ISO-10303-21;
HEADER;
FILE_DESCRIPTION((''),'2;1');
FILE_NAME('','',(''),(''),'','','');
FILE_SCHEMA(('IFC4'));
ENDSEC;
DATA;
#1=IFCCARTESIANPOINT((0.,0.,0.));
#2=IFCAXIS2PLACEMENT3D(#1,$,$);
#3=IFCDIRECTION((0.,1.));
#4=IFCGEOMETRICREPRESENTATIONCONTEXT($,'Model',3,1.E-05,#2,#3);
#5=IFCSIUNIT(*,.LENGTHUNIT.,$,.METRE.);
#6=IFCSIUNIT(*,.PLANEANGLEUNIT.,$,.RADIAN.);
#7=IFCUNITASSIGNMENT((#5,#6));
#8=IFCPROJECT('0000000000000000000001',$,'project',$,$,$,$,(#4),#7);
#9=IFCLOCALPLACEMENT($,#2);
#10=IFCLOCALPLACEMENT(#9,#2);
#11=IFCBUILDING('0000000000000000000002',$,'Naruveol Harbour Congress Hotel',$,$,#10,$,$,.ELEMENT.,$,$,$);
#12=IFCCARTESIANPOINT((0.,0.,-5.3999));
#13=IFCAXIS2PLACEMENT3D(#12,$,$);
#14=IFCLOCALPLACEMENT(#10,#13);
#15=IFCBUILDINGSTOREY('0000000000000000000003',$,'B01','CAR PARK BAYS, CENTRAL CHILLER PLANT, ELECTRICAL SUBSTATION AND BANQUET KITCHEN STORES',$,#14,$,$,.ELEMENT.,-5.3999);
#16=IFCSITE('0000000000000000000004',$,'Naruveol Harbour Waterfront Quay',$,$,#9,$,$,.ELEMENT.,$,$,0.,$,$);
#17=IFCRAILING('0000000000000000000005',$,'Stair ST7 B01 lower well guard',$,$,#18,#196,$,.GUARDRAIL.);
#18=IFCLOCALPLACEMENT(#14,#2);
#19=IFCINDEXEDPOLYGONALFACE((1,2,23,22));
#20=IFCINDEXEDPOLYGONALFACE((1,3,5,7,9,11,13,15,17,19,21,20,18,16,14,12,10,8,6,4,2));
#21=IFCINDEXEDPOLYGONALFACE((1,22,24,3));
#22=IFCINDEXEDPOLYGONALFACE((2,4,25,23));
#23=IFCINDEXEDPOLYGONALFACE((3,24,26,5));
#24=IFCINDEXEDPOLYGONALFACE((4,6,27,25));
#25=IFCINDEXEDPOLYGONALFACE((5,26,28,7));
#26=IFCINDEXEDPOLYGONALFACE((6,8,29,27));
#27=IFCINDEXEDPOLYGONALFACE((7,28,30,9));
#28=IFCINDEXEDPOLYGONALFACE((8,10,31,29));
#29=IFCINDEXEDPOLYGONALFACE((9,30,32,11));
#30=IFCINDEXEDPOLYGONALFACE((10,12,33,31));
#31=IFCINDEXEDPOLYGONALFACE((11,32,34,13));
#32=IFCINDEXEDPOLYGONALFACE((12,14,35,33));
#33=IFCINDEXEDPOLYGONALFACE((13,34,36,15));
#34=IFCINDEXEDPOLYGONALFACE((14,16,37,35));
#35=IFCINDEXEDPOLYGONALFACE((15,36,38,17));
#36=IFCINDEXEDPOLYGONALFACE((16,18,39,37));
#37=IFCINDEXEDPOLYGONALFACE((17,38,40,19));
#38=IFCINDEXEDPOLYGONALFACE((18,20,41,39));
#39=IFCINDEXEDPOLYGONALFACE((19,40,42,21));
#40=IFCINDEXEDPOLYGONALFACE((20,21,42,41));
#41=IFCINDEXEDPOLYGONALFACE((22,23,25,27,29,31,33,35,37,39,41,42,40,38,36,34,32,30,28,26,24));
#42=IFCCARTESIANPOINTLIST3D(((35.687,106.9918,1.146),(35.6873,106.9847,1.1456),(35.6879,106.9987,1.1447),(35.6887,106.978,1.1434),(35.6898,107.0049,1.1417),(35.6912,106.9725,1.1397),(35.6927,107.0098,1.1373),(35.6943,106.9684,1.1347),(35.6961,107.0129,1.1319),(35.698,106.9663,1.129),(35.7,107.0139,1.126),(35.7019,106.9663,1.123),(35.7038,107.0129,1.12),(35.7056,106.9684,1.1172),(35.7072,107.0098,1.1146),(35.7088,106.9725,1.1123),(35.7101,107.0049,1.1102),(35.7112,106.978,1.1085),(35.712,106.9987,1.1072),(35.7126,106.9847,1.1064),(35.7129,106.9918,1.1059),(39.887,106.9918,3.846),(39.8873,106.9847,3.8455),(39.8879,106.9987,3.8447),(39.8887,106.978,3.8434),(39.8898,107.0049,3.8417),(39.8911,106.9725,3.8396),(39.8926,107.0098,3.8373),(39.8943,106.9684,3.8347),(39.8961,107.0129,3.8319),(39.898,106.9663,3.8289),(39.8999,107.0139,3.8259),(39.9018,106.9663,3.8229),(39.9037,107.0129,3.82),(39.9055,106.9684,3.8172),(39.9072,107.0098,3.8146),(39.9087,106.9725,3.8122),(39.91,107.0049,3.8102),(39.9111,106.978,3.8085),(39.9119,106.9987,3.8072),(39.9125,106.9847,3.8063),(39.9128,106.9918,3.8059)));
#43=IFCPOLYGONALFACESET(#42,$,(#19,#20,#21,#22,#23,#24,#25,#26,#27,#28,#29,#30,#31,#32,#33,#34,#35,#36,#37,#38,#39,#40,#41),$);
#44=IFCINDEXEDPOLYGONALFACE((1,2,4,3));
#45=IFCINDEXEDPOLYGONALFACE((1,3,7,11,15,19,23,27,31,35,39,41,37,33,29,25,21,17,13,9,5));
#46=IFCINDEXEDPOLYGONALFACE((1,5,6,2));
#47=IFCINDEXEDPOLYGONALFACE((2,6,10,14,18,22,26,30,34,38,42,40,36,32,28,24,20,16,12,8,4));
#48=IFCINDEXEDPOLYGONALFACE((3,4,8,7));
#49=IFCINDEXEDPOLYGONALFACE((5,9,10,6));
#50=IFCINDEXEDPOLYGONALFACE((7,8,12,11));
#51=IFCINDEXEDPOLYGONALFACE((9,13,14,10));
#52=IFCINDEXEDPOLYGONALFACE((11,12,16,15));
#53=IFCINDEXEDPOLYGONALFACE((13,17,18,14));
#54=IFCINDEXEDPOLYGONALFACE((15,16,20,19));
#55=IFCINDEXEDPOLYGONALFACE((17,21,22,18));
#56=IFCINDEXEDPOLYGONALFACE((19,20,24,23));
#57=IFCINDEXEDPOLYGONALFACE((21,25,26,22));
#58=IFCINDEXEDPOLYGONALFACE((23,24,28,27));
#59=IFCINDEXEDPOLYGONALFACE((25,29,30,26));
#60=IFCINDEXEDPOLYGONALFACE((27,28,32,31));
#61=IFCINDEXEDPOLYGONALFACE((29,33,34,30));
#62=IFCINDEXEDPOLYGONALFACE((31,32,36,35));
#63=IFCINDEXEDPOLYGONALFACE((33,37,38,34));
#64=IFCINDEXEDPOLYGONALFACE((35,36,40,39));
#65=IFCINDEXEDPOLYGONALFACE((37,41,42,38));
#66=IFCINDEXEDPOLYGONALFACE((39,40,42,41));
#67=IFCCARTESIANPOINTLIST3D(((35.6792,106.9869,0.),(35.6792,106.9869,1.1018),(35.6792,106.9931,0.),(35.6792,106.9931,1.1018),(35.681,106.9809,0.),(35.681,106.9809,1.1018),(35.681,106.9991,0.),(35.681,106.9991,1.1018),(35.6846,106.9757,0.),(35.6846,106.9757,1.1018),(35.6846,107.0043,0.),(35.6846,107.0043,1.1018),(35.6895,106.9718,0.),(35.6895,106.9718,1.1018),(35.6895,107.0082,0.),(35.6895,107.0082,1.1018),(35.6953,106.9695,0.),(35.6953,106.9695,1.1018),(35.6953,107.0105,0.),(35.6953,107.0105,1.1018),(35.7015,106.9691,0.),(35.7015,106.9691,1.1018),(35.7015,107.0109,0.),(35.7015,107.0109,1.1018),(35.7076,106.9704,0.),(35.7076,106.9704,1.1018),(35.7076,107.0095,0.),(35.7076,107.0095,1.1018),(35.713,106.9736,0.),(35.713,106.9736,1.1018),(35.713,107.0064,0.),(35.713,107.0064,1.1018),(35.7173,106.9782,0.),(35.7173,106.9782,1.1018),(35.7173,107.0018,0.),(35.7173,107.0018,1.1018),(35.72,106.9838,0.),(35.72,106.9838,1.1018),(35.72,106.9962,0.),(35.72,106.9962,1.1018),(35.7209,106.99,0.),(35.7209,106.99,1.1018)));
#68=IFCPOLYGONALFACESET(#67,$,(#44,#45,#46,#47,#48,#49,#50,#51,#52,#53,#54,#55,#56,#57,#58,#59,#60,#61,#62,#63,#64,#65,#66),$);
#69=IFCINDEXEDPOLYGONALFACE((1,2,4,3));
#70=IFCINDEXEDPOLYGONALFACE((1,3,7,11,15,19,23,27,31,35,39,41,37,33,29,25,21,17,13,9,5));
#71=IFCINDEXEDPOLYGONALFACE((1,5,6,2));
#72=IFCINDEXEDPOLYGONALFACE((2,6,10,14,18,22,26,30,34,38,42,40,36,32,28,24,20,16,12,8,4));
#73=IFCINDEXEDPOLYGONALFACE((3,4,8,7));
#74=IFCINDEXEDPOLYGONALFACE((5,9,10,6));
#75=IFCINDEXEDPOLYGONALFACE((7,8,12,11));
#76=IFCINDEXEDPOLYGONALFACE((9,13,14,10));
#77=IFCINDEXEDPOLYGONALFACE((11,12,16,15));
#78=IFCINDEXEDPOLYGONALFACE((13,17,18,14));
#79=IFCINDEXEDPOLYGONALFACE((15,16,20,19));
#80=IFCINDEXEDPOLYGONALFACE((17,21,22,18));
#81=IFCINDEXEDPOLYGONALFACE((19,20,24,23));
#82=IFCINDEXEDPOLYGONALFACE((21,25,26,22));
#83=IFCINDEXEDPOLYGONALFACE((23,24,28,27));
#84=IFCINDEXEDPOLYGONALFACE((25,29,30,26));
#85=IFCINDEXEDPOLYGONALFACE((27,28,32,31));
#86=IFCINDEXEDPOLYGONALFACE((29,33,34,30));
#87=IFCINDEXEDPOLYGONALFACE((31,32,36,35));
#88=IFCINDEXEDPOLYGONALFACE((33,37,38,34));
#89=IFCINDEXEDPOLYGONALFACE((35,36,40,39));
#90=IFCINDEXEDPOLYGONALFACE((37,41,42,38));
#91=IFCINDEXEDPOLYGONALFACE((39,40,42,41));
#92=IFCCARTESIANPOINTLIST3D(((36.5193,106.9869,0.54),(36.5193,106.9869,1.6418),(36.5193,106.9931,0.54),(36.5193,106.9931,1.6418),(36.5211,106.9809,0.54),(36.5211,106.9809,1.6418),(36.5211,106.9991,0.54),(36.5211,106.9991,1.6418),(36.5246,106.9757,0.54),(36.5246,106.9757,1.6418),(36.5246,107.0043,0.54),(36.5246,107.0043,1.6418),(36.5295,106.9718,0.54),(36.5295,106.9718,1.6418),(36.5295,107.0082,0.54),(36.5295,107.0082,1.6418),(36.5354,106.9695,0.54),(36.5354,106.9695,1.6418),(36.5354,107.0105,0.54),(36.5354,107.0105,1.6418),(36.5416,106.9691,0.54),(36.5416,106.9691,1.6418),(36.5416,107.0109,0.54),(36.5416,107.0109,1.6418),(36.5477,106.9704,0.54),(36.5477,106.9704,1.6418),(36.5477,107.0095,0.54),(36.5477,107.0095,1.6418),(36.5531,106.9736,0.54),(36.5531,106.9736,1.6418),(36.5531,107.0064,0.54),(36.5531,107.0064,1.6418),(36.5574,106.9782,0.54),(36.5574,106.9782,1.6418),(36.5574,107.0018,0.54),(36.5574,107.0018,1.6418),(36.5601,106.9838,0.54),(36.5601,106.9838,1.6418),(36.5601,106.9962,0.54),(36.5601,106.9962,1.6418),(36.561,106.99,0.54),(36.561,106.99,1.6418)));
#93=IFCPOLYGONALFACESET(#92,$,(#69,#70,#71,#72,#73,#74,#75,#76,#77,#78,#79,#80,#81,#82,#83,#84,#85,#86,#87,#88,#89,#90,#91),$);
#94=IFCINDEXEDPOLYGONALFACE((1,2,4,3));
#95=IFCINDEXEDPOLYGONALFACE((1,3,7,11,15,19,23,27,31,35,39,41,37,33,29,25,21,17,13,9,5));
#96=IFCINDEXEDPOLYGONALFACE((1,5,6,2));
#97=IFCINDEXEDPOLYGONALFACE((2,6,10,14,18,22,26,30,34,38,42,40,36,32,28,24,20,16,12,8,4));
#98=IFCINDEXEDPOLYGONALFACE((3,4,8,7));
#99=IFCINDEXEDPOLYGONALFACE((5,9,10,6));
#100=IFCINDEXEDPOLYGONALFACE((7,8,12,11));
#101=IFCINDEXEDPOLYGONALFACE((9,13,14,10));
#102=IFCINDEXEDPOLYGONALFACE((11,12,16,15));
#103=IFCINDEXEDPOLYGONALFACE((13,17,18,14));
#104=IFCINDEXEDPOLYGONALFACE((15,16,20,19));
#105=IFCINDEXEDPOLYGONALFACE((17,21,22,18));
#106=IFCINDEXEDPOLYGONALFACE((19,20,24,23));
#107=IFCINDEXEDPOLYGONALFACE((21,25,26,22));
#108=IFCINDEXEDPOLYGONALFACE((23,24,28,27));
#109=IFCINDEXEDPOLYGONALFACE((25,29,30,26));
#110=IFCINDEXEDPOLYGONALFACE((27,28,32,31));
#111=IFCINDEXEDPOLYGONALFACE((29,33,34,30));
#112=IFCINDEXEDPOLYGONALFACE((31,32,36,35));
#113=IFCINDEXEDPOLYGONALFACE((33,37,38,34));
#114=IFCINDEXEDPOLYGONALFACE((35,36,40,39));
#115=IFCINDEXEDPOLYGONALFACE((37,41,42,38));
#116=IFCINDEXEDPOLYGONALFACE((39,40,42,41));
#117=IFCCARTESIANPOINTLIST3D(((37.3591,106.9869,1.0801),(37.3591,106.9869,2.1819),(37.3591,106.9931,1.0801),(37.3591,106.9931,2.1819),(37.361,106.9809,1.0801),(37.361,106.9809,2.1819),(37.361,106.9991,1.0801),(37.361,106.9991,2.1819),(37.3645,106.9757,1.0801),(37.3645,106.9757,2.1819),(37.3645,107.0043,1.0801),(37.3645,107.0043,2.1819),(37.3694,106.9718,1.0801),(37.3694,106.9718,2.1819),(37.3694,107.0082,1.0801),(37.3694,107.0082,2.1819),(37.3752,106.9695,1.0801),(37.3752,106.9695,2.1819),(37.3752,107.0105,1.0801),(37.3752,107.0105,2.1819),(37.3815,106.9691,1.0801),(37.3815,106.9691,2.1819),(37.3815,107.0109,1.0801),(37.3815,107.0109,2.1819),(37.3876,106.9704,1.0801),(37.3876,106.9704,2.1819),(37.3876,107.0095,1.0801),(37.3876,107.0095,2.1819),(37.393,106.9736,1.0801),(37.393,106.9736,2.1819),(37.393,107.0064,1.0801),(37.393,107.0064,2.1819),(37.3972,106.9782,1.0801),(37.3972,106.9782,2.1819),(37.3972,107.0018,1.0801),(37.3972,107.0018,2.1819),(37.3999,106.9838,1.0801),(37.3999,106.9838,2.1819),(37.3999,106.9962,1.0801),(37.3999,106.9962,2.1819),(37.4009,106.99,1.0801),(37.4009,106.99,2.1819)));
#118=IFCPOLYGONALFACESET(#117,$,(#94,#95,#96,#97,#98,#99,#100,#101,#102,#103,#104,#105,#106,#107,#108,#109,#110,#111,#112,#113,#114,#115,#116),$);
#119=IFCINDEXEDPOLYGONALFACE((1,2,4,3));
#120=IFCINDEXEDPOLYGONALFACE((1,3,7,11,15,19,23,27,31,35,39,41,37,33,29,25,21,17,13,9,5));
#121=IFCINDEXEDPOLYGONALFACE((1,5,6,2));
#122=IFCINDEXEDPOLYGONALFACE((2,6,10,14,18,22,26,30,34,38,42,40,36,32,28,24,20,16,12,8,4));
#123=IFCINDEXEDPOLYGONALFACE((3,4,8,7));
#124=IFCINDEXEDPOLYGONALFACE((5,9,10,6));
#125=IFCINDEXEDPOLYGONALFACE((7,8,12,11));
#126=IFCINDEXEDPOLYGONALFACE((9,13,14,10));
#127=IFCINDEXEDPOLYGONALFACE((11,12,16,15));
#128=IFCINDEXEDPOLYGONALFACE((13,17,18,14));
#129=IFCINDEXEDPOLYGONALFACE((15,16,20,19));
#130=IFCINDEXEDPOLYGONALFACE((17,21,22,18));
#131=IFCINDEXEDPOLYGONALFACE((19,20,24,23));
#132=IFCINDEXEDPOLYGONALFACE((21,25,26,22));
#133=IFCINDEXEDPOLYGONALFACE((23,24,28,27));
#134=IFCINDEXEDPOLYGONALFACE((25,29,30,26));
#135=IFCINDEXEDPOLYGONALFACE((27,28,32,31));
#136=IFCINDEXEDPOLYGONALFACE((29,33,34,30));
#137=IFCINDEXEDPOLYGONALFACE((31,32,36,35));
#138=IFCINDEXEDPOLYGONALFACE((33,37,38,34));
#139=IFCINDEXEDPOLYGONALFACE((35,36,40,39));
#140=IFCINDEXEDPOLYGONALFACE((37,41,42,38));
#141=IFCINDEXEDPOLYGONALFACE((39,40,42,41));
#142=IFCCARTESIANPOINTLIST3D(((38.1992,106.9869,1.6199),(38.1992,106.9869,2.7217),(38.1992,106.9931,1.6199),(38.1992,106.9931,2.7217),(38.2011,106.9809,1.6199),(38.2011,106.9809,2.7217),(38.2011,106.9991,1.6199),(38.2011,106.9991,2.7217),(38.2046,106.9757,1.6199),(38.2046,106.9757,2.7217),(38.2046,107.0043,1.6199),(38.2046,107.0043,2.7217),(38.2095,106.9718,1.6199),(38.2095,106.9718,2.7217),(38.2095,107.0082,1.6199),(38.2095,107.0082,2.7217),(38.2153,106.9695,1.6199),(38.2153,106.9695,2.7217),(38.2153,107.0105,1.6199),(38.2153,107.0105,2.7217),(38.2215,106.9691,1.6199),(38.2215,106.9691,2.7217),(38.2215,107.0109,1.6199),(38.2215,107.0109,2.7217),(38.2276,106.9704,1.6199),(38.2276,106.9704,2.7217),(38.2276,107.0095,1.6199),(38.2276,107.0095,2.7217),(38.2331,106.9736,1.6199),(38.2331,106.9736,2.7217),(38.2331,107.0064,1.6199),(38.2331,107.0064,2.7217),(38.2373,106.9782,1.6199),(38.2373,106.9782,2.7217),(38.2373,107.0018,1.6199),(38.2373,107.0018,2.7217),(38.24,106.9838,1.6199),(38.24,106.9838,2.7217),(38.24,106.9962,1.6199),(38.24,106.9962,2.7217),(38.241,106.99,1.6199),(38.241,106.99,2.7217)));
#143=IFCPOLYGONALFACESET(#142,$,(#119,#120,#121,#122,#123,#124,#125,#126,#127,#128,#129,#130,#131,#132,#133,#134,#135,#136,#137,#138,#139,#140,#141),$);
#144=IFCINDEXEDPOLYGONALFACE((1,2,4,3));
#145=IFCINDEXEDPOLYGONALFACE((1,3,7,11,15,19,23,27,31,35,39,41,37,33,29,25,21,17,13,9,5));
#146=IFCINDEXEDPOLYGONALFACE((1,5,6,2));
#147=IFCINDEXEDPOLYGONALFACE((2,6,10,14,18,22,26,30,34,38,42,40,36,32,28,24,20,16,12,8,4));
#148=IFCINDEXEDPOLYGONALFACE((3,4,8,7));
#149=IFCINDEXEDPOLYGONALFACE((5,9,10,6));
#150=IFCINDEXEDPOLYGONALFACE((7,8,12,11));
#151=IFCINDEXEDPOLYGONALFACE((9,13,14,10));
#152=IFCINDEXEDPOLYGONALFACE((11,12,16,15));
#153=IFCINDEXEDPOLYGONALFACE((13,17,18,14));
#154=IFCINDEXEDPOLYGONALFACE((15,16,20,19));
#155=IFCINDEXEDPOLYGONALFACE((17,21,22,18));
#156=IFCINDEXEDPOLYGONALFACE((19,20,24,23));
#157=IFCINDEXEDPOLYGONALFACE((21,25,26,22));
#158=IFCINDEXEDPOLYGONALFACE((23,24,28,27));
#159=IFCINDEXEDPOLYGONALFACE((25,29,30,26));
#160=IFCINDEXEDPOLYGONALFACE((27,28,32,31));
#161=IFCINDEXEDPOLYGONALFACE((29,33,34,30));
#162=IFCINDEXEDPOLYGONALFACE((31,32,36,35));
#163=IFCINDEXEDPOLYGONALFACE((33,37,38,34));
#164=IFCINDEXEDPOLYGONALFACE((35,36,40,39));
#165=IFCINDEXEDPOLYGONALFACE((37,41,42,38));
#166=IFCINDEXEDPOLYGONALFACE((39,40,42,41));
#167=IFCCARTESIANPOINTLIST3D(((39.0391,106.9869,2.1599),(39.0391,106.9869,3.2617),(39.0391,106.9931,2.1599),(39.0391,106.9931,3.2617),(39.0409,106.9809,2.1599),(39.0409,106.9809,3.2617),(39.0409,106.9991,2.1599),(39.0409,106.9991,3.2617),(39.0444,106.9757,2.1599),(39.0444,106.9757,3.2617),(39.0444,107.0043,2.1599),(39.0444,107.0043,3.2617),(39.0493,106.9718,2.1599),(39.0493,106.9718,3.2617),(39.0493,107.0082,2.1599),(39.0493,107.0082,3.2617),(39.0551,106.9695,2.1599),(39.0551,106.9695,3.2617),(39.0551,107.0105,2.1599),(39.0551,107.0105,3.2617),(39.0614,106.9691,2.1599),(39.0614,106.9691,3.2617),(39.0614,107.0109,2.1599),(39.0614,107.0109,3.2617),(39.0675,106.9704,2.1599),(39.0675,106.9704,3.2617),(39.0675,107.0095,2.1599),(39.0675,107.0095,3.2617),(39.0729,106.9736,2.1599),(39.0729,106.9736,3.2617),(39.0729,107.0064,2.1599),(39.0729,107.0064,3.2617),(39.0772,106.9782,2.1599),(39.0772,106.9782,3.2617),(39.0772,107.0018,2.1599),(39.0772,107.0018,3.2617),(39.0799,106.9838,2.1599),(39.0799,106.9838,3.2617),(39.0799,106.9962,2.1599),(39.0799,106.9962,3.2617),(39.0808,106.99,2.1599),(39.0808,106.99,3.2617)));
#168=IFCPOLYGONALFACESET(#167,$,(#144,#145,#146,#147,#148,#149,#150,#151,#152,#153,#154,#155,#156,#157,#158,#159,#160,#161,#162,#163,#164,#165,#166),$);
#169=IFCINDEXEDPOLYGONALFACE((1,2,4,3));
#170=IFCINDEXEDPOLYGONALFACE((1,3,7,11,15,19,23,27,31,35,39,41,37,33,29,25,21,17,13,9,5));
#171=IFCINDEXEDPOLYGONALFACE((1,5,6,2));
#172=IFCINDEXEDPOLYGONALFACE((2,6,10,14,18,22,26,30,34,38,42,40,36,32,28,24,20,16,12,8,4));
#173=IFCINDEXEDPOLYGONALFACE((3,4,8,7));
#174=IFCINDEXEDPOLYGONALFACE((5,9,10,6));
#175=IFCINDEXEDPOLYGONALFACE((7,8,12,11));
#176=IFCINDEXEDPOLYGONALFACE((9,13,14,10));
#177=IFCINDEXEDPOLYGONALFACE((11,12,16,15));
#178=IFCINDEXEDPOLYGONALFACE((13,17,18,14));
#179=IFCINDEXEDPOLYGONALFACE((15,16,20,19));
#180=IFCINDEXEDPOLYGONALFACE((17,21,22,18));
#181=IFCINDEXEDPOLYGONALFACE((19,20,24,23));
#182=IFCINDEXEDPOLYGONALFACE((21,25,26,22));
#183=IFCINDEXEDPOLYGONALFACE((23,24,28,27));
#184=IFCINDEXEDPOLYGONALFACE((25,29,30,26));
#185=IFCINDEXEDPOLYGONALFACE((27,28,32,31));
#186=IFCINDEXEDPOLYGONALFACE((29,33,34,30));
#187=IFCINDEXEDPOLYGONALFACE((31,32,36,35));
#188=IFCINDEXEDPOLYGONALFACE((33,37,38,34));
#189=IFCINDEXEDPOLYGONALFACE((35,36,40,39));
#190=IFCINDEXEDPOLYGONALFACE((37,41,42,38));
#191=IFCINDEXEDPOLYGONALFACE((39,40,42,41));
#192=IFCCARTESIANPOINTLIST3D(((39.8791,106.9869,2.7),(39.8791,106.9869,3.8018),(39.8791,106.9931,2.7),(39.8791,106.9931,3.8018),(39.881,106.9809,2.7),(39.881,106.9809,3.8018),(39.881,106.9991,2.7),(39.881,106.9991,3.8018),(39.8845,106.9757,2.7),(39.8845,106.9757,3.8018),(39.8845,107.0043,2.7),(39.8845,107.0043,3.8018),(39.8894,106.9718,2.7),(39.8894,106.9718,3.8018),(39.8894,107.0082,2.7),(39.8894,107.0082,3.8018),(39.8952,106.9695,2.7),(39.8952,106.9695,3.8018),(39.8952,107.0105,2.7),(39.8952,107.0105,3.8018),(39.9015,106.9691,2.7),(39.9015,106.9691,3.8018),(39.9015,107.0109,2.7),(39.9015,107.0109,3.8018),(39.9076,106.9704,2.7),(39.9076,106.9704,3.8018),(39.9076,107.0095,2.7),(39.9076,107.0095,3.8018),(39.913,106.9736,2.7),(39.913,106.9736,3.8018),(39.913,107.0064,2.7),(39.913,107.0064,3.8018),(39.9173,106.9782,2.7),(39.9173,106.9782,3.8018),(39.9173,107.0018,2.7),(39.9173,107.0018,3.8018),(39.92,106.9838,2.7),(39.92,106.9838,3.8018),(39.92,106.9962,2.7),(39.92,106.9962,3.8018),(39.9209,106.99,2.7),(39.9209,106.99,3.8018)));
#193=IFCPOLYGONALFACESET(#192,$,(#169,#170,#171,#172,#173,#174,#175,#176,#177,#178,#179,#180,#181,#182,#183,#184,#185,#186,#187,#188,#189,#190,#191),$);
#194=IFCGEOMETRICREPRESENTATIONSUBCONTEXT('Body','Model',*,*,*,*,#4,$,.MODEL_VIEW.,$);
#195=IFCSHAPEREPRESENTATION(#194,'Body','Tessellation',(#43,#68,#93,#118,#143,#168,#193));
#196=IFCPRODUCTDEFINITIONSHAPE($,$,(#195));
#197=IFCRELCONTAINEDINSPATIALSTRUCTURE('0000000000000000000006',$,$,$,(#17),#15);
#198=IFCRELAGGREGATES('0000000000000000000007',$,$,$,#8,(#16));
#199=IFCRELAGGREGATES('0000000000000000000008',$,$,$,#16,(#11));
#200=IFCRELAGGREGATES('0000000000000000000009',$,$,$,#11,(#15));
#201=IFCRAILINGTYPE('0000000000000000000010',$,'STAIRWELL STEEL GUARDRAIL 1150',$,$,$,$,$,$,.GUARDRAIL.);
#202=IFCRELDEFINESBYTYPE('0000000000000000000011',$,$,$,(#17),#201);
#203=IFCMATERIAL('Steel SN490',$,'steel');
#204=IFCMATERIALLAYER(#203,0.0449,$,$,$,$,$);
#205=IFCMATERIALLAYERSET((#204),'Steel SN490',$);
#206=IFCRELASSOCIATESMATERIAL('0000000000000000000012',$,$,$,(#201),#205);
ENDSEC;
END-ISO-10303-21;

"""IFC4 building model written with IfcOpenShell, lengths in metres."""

from ifc_helpers import new_model, si_unit, direction, frame, origin, origin_2d, place, context, subcontext, project, spatial, circle, extrude, material, layer, layer_set, type_object, element, save


model = new_model("IFC4")

# Units and contexts
model_context = context("Model", 3, precision=1e-05, world=origin(), true_north=direction((0.0, 1.0)))
body_context = subcontext(model_context, "Body", "Model", "MODEL_VIEW")
ifc_project = project(units=[si_unit("LENGTHUNIT", "METRE"), si_unit("PLANEANGLEUNIT", "RADIAN")], contexts=[model_context])

# Site, building, storey
site_placement = place(None, origin())
site = spatial("IfcSite", under=ifc_project, at=site_placement, Name="Naruveol Harbour Waterfront Quay", CompositionType="ELEMENT", RefElevation=0.0)
building_placement = place(site_placement, origin())
building = spatial("IfcBuilding", under=site, at=building_placement, Name="Naruveol Harbour Congress Hotel", CompositionType="ELEMENT")
storey_placement = place(building_placement, frame((0.0, 0.0, -5.3999)))
storey = spatial("IfcBuildingStorey", under=building, at=storey_placement, Name="B01", Description="CAR PARK BAYS, CENTRAL CHILLER PLANT, ELECTRICAL SUBSTATION AND BANQUET KITCHEN STORES", CompositionType="ELEMENT", Elevation=-5.3999)

# Railing
ifc_material_1 = material(Name="Steel SN490", Category="steel")
ifc_layer_1 = layer(ifc_material_1, 0.0449)
ifc_layer_set_1 = layer_set([ifc_layer_1], Name="Steel SN490")
railing_type_1 = type_object("IfcRailingType", Name="STAIRWELL STEEL GUARDRAIL 1150", PredefinedType="GUARDRAIL", material=ifc_layer_set_1)
railing_1_placement = place(storey_placement, frame((35.7, 106.99, 0.0)))
element("IfcRailing", 1, at=railing_1_placement, inside=storey, type_object=railing_type_1, Name="Stair ST7 B01 lower well guard", PredefinedType="GUARDRAIL", context=body_context, shape_type="SweptSolid", body=[
    extrude(circle(Radius=0.0239, at=origin_2d()), frame((0.0, 0.0, 1.126), z_axis=(0.84118, 0.0, 0.540755), x_axis=(0.0, 1.0, 0.0)), (0.0, 0.0, 1.0), 4.9929),
    extrude(circle(Radius=0.021, at=origin_2d()), origin(), (0.0, 0.0, 1.0), 1.1018),
    extrude(circle(Radius=0.021, at=origin_2d()), frame((0.8401, 0.0, 0.54)), (0.0, 0.0, 1.0), 1.1018),
    extrude(circle(Radius=0.021, at=origin_2d()), frame((1.6799, 0.0, 1.0801)), (0.0, 0.0, 1.0), 1.1018),
    extrude(circle(Radius=0.021, at=origin_2d()), frame((2.52, 0.0, 1.6199)), (0.0, 0.0, 1.0), 1.1018),
    extrude(circle(Radius=0.021, at=origin_2d()), frame((3.3599, 0.0, 2.1599)), (0.0, 0.0, 1.0), 1.1018),
    extrude(circle(Radius=0.021, at=origin_2d()), frame((4.2, 0.0, 2.7)), (0.0, 0.0, 1.0), 1.1018),
])

save(model, "model.ifc")
